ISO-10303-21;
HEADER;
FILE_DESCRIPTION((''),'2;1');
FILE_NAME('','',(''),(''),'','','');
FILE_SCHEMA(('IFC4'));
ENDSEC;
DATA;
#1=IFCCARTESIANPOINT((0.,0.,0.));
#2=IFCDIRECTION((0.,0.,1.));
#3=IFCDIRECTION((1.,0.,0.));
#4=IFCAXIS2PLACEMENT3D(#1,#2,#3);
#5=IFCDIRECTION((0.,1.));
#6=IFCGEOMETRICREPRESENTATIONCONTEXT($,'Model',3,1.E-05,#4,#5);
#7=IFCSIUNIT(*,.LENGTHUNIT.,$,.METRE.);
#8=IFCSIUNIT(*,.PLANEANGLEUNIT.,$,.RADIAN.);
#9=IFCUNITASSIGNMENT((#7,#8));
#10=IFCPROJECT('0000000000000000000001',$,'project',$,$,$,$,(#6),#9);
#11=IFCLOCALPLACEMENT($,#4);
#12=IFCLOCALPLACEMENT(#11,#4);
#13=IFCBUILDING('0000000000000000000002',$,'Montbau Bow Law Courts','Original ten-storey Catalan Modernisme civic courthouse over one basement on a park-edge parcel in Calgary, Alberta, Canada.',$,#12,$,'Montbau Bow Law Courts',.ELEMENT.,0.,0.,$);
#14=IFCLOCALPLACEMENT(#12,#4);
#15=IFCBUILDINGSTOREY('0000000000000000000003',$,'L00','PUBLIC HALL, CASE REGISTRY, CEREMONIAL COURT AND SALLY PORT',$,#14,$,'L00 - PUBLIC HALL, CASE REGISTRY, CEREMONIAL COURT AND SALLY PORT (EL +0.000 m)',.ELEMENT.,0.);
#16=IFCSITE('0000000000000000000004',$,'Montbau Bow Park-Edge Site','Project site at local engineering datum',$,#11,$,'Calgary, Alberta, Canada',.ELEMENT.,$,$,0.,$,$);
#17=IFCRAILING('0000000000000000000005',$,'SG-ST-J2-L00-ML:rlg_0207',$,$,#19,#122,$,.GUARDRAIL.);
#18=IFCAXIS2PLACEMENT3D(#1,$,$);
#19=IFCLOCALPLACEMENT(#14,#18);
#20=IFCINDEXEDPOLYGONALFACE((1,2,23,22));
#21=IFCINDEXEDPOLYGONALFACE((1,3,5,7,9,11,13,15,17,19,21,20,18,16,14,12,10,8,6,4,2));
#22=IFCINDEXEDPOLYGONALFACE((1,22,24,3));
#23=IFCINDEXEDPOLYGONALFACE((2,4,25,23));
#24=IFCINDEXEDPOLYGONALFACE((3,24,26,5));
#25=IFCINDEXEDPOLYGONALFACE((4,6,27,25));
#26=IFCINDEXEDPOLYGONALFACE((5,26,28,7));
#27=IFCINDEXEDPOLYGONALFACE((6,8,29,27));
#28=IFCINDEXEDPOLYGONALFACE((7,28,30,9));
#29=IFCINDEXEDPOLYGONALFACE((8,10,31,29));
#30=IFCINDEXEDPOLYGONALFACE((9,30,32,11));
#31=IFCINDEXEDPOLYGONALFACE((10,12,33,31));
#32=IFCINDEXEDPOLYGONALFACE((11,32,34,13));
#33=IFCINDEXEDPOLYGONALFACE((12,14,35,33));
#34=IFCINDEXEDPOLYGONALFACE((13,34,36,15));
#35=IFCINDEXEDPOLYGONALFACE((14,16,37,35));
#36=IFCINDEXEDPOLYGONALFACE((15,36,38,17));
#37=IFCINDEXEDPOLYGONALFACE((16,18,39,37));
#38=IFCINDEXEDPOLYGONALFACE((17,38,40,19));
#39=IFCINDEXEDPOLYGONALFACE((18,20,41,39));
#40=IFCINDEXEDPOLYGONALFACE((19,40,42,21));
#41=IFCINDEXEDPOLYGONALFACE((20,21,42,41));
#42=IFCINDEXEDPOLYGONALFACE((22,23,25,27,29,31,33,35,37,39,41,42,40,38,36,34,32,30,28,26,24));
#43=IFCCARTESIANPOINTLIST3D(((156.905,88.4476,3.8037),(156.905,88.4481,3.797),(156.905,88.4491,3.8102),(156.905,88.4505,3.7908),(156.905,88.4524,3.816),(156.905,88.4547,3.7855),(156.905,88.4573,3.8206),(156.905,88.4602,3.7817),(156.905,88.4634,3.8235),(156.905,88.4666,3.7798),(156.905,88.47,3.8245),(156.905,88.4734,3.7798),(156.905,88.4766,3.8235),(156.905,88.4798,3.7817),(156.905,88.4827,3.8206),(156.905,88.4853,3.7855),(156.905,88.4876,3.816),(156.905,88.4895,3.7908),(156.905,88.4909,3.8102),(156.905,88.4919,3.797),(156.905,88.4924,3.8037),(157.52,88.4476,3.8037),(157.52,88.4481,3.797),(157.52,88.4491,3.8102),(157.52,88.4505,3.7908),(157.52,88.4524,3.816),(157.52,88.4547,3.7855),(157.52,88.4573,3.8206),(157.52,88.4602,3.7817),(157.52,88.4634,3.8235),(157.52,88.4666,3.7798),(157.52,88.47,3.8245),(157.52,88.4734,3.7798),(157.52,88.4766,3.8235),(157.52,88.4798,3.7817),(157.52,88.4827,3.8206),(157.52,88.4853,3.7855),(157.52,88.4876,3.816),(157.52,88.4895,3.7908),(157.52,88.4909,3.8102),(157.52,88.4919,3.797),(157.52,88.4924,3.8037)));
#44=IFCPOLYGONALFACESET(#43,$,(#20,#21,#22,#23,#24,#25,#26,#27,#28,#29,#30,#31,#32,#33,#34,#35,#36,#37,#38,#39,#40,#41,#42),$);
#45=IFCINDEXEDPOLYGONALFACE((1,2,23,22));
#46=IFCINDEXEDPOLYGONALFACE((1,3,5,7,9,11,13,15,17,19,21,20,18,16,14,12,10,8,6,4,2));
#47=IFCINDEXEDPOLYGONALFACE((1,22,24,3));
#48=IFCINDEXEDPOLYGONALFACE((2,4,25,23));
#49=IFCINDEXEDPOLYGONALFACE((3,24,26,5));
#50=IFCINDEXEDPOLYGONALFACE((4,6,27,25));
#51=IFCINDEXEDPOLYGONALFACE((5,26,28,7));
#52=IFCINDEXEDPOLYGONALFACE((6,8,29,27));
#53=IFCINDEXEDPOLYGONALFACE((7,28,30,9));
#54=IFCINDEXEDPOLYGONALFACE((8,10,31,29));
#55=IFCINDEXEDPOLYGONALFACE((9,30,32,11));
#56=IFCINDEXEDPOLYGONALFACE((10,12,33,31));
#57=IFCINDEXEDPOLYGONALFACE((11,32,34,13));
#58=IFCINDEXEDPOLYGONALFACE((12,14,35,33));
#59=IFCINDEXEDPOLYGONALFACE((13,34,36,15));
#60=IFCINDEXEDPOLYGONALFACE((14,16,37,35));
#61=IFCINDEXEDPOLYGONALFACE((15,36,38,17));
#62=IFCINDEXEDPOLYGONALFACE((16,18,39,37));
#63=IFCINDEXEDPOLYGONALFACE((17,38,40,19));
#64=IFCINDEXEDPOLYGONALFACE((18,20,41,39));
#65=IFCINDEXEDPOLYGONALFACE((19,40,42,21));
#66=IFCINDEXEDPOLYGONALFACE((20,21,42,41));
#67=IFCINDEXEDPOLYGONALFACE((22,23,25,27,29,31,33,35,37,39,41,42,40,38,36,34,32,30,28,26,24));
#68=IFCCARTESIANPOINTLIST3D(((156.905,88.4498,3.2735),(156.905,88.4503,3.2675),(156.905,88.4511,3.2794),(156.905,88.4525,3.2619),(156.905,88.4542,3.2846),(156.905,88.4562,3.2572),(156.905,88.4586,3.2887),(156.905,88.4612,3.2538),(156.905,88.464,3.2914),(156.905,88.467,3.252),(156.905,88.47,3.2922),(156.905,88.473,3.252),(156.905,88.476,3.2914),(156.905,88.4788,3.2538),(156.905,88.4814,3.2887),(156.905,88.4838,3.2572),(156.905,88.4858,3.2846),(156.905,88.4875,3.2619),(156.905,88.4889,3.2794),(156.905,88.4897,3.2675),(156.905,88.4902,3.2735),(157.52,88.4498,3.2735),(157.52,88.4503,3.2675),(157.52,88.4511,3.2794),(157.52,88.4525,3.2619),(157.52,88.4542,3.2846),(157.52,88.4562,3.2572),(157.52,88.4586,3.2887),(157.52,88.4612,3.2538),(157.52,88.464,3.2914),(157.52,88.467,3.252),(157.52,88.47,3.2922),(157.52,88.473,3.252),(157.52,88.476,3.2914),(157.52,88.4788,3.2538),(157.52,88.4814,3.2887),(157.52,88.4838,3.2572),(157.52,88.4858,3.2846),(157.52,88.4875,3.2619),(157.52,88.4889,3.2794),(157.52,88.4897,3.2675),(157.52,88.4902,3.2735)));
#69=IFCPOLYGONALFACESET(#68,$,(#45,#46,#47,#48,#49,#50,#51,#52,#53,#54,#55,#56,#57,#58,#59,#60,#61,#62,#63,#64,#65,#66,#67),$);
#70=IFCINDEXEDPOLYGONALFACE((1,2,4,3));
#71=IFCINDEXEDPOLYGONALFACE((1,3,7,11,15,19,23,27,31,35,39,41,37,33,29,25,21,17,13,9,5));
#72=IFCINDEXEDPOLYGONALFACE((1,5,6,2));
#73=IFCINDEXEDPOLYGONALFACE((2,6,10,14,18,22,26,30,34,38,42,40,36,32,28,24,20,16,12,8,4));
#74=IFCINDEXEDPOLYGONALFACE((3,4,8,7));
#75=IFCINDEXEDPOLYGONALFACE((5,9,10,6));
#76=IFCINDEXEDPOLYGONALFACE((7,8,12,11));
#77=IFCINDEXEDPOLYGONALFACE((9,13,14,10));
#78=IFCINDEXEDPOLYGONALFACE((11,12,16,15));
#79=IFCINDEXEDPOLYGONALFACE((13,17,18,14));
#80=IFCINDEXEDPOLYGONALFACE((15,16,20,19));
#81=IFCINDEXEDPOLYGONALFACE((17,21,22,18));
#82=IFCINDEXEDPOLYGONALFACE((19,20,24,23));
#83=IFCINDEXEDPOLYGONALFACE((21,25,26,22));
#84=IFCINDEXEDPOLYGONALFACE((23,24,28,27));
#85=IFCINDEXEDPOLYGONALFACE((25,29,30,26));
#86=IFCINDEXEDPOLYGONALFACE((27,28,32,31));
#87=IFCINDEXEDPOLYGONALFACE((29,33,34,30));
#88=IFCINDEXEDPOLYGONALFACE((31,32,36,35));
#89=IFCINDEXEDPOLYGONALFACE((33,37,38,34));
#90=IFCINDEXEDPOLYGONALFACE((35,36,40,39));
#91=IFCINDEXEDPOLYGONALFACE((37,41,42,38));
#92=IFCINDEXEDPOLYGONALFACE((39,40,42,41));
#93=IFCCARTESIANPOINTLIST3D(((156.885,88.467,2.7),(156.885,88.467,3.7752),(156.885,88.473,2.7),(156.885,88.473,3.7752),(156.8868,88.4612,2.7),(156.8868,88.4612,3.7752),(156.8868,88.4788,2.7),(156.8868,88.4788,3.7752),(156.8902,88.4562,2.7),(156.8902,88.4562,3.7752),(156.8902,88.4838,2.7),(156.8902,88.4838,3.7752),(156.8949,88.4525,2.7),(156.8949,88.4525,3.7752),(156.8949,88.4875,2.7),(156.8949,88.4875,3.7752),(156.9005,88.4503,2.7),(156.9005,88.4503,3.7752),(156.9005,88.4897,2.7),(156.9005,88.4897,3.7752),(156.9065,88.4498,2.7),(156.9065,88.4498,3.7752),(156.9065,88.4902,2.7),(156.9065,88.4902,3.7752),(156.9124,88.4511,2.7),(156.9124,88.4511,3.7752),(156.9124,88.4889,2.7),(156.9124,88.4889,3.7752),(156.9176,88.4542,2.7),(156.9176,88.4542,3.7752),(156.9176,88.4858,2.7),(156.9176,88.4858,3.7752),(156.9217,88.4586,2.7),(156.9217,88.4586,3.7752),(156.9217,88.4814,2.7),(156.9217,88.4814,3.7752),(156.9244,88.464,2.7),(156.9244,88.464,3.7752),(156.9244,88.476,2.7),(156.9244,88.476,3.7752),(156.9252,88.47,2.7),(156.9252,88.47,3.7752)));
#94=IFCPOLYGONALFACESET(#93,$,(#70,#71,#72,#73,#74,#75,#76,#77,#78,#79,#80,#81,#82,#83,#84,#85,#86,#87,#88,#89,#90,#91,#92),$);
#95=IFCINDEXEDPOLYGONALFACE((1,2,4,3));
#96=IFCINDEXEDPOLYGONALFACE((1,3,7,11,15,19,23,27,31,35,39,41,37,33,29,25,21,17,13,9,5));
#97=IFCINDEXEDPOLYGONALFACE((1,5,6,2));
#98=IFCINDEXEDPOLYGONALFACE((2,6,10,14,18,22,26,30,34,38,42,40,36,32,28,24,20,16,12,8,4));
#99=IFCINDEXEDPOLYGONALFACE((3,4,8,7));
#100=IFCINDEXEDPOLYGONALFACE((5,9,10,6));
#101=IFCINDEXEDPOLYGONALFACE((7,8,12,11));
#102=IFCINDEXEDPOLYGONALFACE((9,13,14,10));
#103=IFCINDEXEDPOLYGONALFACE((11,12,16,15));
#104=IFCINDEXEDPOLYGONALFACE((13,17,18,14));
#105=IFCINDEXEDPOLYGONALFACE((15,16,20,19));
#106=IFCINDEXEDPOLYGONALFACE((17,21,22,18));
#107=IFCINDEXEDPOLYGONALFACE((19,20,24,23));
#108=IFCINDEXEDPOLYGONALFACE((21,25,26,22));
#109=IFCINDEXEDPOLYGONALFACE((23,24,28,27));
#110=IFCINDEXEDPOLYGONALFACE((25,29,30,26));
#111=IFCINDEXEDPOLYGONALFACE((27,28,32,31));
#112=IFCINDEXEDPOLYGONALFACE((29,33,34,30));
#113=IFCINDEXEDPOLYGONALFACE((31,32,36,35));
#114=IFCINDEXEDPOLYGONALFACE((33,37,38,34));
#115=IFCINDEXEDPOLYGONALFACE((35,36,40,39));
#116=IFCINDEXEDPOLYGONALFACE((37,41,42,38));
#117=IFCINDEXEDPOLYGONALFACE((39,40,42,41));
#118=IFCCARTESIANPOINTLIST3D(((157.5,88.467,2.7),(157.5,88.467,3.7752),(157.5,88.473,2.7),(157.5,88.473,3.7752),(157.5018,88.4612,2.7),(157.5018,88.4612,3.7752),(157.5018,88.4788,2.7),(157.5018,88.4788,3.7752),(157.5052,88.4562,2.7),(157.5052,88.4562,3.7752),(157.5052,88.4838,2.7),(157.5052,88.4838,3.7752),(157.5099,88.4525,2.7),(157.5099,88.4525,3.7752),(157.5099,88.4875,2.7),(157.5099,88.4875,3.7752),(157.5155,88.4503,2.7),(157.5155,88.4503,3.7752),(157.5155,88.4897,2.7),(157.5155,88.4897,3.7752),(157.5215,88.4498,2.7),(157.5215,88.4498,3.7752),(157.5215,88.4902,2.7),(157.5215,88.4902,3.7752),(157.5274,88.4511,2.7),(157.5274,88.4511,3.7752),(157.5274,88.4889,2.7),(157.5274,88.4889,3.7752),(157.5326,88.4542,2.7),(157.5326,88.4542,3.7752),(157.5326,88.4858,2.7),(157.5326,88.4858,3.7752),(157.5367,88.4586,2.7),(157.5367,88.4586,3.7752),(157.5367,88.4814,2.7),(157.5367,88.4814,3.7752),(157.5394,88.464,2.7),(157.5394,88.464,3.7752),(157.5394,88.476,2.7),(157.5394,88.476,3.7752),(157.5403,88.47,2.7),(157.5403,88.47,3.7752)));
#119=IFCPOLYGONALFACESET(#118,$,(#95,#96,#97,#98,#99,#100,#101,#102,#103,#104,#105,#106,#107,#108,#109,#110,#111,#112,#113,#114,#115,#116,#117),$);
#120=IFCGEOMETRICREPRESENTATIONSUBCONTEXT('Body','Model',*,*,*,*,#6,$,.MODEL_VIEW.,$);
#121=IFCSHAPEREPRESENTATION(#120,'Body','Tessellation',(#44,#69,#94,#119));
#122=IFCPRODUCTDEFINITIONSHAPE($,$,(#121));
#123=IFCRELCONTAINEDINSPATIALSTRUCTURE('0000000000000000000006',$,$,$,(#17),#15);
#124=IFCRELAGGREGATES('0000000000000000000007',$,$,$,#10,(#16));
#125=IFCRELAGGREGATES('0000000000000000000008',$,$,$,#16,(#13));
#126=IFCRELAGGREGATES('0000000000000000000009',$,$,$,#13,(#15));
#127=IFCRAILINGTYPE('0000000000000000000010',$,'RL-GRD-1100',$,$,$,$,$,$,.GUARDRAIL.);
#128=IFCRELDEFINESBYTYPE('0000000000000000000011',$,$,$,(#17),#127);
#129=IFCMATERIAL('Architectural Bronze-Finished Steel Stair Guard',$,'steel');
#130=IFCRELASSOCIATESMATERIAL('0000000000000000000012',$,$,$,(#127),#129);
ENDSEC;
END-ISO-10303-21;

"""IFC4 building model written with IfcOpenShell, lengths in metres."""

from ifc_helpers import new_model, si_unit, direction, frame, origin_with_axes, origin_2d_with_axis, place, context, subcontext, project, spatial, circle, extrude, material, type_object, element, save


model = new_model("IFC4")

# Units and contexts
model_context = context("Model", 3, precision=1e-05, world=origin_with_axes(), true_north=direction((0.0, 1.0)))
body_context = subcontext(model_context, "Body", "Model", "MODEL_VIEW")
ifc_project = project(units=[si_unit("LENGTHUNIT", "METRE"), si_unit("PLANEANGLEUNIT", "RADIAN")], contexts=[model_context])

# Site, building, storey
site_placement = place(None, origin_with_axes())
site = spatial("IfcSite", under=ifc_project, at=site_placement, Name="Montbau Bow Park-Edge Site", Description="Project site at local engineering datum", LongName="Calgary, Alberta, Canada", CompositionType="ELEMENT", RefElevation=0.0)
building_placement = place(site_placement, origin_with_axes())
building = spatial("IfcBuilding", under=site, at=building_placement, Name="Montbau Bow Law Courts", Description="Original ten-storey Catalan Modernisme civic courthouse over one basement on a park-edge parcel in Calgary, Alberta, Canada.", LongName="Montbau Bow Law Courts", CompositionType="ELEMENT", ElevationOfRefHeight=0.0, ElevationOfTerrain=0.0)
storey_placement = place(building_placement, origin_with_axes())
storey = spatial("IfcBuildingStorey", under=building, at=storey_placement, Name="L00", Description="PUBLIC HALL, CASE REGISTRY, CEREMONIAL COURT AND SALLY PORT", LongName="L00 - PUBLIC HALL, CASE REGISTRY, CEREMONIAL COURT AND SALLY PORT (EL +0.000 m)", CompositionType="ELEMENT", Elevation=0.0)

# Railing
ifc_material_1 = material(Name="Architectural Bronze-Finished Steel Stair Guard", Category="steel")
railing_type_1 = type_object("IfcRailingType", Name="RL-GRD-1100", PredefinedType="GUARDRAIL", material=ifc_material_1)
railing_1_placement = place(None, origin_with_axes())
element("IfcRailing", 1, at=railing_1_placement, inside=storey, type_object=railing_type_1, Name="SG-ST-J2-L00-ML:rlg_0207", PredefinedType="GUARDRAIL", context=body_context, shape_type="SweptSolid", body=[
    extrude(circle(Radius=0.0225, at=origin_2d_with_axis()), frame((156.905, 88.47, 3.802), z_axis=(1.0, 0.0, 0.0), x_axis=(0.0, 0.0, 1.0)), (0.0, 0.0, 1.0), 0.615),
    extrude(circle(Radius=0.0203, at=origin_2d_with_axis()), frame((156.905, 88.47, 3.272), z_axis=(1.0, 0.0, 0.0), x_axis=(0.0, 0.0, 1.0)), (0.0, 0.0, 1.0), 0.615),
    extrude(circle(Radius=0.0203, at=origin_2d_with_axis()), frame((156.905, 88.47, 2.7), z_axis=(0.0, 0.0, 1.0), x_axis=(1.0, 0.0, 0.0)), (0.0, 0.0, 1.0), 1.0753),
    extrude(circle(Radius=0.0203, at=origin_2d_with_axis()), frame((157.52, 88.47, 2.7), z_axis=(0.0, 0.0, 1.0), x_axis=(1.0, 0.0, 0.0)), (0.0, 0.0, 1.0), 1.0753),
])

save(model, "model.ifc")
